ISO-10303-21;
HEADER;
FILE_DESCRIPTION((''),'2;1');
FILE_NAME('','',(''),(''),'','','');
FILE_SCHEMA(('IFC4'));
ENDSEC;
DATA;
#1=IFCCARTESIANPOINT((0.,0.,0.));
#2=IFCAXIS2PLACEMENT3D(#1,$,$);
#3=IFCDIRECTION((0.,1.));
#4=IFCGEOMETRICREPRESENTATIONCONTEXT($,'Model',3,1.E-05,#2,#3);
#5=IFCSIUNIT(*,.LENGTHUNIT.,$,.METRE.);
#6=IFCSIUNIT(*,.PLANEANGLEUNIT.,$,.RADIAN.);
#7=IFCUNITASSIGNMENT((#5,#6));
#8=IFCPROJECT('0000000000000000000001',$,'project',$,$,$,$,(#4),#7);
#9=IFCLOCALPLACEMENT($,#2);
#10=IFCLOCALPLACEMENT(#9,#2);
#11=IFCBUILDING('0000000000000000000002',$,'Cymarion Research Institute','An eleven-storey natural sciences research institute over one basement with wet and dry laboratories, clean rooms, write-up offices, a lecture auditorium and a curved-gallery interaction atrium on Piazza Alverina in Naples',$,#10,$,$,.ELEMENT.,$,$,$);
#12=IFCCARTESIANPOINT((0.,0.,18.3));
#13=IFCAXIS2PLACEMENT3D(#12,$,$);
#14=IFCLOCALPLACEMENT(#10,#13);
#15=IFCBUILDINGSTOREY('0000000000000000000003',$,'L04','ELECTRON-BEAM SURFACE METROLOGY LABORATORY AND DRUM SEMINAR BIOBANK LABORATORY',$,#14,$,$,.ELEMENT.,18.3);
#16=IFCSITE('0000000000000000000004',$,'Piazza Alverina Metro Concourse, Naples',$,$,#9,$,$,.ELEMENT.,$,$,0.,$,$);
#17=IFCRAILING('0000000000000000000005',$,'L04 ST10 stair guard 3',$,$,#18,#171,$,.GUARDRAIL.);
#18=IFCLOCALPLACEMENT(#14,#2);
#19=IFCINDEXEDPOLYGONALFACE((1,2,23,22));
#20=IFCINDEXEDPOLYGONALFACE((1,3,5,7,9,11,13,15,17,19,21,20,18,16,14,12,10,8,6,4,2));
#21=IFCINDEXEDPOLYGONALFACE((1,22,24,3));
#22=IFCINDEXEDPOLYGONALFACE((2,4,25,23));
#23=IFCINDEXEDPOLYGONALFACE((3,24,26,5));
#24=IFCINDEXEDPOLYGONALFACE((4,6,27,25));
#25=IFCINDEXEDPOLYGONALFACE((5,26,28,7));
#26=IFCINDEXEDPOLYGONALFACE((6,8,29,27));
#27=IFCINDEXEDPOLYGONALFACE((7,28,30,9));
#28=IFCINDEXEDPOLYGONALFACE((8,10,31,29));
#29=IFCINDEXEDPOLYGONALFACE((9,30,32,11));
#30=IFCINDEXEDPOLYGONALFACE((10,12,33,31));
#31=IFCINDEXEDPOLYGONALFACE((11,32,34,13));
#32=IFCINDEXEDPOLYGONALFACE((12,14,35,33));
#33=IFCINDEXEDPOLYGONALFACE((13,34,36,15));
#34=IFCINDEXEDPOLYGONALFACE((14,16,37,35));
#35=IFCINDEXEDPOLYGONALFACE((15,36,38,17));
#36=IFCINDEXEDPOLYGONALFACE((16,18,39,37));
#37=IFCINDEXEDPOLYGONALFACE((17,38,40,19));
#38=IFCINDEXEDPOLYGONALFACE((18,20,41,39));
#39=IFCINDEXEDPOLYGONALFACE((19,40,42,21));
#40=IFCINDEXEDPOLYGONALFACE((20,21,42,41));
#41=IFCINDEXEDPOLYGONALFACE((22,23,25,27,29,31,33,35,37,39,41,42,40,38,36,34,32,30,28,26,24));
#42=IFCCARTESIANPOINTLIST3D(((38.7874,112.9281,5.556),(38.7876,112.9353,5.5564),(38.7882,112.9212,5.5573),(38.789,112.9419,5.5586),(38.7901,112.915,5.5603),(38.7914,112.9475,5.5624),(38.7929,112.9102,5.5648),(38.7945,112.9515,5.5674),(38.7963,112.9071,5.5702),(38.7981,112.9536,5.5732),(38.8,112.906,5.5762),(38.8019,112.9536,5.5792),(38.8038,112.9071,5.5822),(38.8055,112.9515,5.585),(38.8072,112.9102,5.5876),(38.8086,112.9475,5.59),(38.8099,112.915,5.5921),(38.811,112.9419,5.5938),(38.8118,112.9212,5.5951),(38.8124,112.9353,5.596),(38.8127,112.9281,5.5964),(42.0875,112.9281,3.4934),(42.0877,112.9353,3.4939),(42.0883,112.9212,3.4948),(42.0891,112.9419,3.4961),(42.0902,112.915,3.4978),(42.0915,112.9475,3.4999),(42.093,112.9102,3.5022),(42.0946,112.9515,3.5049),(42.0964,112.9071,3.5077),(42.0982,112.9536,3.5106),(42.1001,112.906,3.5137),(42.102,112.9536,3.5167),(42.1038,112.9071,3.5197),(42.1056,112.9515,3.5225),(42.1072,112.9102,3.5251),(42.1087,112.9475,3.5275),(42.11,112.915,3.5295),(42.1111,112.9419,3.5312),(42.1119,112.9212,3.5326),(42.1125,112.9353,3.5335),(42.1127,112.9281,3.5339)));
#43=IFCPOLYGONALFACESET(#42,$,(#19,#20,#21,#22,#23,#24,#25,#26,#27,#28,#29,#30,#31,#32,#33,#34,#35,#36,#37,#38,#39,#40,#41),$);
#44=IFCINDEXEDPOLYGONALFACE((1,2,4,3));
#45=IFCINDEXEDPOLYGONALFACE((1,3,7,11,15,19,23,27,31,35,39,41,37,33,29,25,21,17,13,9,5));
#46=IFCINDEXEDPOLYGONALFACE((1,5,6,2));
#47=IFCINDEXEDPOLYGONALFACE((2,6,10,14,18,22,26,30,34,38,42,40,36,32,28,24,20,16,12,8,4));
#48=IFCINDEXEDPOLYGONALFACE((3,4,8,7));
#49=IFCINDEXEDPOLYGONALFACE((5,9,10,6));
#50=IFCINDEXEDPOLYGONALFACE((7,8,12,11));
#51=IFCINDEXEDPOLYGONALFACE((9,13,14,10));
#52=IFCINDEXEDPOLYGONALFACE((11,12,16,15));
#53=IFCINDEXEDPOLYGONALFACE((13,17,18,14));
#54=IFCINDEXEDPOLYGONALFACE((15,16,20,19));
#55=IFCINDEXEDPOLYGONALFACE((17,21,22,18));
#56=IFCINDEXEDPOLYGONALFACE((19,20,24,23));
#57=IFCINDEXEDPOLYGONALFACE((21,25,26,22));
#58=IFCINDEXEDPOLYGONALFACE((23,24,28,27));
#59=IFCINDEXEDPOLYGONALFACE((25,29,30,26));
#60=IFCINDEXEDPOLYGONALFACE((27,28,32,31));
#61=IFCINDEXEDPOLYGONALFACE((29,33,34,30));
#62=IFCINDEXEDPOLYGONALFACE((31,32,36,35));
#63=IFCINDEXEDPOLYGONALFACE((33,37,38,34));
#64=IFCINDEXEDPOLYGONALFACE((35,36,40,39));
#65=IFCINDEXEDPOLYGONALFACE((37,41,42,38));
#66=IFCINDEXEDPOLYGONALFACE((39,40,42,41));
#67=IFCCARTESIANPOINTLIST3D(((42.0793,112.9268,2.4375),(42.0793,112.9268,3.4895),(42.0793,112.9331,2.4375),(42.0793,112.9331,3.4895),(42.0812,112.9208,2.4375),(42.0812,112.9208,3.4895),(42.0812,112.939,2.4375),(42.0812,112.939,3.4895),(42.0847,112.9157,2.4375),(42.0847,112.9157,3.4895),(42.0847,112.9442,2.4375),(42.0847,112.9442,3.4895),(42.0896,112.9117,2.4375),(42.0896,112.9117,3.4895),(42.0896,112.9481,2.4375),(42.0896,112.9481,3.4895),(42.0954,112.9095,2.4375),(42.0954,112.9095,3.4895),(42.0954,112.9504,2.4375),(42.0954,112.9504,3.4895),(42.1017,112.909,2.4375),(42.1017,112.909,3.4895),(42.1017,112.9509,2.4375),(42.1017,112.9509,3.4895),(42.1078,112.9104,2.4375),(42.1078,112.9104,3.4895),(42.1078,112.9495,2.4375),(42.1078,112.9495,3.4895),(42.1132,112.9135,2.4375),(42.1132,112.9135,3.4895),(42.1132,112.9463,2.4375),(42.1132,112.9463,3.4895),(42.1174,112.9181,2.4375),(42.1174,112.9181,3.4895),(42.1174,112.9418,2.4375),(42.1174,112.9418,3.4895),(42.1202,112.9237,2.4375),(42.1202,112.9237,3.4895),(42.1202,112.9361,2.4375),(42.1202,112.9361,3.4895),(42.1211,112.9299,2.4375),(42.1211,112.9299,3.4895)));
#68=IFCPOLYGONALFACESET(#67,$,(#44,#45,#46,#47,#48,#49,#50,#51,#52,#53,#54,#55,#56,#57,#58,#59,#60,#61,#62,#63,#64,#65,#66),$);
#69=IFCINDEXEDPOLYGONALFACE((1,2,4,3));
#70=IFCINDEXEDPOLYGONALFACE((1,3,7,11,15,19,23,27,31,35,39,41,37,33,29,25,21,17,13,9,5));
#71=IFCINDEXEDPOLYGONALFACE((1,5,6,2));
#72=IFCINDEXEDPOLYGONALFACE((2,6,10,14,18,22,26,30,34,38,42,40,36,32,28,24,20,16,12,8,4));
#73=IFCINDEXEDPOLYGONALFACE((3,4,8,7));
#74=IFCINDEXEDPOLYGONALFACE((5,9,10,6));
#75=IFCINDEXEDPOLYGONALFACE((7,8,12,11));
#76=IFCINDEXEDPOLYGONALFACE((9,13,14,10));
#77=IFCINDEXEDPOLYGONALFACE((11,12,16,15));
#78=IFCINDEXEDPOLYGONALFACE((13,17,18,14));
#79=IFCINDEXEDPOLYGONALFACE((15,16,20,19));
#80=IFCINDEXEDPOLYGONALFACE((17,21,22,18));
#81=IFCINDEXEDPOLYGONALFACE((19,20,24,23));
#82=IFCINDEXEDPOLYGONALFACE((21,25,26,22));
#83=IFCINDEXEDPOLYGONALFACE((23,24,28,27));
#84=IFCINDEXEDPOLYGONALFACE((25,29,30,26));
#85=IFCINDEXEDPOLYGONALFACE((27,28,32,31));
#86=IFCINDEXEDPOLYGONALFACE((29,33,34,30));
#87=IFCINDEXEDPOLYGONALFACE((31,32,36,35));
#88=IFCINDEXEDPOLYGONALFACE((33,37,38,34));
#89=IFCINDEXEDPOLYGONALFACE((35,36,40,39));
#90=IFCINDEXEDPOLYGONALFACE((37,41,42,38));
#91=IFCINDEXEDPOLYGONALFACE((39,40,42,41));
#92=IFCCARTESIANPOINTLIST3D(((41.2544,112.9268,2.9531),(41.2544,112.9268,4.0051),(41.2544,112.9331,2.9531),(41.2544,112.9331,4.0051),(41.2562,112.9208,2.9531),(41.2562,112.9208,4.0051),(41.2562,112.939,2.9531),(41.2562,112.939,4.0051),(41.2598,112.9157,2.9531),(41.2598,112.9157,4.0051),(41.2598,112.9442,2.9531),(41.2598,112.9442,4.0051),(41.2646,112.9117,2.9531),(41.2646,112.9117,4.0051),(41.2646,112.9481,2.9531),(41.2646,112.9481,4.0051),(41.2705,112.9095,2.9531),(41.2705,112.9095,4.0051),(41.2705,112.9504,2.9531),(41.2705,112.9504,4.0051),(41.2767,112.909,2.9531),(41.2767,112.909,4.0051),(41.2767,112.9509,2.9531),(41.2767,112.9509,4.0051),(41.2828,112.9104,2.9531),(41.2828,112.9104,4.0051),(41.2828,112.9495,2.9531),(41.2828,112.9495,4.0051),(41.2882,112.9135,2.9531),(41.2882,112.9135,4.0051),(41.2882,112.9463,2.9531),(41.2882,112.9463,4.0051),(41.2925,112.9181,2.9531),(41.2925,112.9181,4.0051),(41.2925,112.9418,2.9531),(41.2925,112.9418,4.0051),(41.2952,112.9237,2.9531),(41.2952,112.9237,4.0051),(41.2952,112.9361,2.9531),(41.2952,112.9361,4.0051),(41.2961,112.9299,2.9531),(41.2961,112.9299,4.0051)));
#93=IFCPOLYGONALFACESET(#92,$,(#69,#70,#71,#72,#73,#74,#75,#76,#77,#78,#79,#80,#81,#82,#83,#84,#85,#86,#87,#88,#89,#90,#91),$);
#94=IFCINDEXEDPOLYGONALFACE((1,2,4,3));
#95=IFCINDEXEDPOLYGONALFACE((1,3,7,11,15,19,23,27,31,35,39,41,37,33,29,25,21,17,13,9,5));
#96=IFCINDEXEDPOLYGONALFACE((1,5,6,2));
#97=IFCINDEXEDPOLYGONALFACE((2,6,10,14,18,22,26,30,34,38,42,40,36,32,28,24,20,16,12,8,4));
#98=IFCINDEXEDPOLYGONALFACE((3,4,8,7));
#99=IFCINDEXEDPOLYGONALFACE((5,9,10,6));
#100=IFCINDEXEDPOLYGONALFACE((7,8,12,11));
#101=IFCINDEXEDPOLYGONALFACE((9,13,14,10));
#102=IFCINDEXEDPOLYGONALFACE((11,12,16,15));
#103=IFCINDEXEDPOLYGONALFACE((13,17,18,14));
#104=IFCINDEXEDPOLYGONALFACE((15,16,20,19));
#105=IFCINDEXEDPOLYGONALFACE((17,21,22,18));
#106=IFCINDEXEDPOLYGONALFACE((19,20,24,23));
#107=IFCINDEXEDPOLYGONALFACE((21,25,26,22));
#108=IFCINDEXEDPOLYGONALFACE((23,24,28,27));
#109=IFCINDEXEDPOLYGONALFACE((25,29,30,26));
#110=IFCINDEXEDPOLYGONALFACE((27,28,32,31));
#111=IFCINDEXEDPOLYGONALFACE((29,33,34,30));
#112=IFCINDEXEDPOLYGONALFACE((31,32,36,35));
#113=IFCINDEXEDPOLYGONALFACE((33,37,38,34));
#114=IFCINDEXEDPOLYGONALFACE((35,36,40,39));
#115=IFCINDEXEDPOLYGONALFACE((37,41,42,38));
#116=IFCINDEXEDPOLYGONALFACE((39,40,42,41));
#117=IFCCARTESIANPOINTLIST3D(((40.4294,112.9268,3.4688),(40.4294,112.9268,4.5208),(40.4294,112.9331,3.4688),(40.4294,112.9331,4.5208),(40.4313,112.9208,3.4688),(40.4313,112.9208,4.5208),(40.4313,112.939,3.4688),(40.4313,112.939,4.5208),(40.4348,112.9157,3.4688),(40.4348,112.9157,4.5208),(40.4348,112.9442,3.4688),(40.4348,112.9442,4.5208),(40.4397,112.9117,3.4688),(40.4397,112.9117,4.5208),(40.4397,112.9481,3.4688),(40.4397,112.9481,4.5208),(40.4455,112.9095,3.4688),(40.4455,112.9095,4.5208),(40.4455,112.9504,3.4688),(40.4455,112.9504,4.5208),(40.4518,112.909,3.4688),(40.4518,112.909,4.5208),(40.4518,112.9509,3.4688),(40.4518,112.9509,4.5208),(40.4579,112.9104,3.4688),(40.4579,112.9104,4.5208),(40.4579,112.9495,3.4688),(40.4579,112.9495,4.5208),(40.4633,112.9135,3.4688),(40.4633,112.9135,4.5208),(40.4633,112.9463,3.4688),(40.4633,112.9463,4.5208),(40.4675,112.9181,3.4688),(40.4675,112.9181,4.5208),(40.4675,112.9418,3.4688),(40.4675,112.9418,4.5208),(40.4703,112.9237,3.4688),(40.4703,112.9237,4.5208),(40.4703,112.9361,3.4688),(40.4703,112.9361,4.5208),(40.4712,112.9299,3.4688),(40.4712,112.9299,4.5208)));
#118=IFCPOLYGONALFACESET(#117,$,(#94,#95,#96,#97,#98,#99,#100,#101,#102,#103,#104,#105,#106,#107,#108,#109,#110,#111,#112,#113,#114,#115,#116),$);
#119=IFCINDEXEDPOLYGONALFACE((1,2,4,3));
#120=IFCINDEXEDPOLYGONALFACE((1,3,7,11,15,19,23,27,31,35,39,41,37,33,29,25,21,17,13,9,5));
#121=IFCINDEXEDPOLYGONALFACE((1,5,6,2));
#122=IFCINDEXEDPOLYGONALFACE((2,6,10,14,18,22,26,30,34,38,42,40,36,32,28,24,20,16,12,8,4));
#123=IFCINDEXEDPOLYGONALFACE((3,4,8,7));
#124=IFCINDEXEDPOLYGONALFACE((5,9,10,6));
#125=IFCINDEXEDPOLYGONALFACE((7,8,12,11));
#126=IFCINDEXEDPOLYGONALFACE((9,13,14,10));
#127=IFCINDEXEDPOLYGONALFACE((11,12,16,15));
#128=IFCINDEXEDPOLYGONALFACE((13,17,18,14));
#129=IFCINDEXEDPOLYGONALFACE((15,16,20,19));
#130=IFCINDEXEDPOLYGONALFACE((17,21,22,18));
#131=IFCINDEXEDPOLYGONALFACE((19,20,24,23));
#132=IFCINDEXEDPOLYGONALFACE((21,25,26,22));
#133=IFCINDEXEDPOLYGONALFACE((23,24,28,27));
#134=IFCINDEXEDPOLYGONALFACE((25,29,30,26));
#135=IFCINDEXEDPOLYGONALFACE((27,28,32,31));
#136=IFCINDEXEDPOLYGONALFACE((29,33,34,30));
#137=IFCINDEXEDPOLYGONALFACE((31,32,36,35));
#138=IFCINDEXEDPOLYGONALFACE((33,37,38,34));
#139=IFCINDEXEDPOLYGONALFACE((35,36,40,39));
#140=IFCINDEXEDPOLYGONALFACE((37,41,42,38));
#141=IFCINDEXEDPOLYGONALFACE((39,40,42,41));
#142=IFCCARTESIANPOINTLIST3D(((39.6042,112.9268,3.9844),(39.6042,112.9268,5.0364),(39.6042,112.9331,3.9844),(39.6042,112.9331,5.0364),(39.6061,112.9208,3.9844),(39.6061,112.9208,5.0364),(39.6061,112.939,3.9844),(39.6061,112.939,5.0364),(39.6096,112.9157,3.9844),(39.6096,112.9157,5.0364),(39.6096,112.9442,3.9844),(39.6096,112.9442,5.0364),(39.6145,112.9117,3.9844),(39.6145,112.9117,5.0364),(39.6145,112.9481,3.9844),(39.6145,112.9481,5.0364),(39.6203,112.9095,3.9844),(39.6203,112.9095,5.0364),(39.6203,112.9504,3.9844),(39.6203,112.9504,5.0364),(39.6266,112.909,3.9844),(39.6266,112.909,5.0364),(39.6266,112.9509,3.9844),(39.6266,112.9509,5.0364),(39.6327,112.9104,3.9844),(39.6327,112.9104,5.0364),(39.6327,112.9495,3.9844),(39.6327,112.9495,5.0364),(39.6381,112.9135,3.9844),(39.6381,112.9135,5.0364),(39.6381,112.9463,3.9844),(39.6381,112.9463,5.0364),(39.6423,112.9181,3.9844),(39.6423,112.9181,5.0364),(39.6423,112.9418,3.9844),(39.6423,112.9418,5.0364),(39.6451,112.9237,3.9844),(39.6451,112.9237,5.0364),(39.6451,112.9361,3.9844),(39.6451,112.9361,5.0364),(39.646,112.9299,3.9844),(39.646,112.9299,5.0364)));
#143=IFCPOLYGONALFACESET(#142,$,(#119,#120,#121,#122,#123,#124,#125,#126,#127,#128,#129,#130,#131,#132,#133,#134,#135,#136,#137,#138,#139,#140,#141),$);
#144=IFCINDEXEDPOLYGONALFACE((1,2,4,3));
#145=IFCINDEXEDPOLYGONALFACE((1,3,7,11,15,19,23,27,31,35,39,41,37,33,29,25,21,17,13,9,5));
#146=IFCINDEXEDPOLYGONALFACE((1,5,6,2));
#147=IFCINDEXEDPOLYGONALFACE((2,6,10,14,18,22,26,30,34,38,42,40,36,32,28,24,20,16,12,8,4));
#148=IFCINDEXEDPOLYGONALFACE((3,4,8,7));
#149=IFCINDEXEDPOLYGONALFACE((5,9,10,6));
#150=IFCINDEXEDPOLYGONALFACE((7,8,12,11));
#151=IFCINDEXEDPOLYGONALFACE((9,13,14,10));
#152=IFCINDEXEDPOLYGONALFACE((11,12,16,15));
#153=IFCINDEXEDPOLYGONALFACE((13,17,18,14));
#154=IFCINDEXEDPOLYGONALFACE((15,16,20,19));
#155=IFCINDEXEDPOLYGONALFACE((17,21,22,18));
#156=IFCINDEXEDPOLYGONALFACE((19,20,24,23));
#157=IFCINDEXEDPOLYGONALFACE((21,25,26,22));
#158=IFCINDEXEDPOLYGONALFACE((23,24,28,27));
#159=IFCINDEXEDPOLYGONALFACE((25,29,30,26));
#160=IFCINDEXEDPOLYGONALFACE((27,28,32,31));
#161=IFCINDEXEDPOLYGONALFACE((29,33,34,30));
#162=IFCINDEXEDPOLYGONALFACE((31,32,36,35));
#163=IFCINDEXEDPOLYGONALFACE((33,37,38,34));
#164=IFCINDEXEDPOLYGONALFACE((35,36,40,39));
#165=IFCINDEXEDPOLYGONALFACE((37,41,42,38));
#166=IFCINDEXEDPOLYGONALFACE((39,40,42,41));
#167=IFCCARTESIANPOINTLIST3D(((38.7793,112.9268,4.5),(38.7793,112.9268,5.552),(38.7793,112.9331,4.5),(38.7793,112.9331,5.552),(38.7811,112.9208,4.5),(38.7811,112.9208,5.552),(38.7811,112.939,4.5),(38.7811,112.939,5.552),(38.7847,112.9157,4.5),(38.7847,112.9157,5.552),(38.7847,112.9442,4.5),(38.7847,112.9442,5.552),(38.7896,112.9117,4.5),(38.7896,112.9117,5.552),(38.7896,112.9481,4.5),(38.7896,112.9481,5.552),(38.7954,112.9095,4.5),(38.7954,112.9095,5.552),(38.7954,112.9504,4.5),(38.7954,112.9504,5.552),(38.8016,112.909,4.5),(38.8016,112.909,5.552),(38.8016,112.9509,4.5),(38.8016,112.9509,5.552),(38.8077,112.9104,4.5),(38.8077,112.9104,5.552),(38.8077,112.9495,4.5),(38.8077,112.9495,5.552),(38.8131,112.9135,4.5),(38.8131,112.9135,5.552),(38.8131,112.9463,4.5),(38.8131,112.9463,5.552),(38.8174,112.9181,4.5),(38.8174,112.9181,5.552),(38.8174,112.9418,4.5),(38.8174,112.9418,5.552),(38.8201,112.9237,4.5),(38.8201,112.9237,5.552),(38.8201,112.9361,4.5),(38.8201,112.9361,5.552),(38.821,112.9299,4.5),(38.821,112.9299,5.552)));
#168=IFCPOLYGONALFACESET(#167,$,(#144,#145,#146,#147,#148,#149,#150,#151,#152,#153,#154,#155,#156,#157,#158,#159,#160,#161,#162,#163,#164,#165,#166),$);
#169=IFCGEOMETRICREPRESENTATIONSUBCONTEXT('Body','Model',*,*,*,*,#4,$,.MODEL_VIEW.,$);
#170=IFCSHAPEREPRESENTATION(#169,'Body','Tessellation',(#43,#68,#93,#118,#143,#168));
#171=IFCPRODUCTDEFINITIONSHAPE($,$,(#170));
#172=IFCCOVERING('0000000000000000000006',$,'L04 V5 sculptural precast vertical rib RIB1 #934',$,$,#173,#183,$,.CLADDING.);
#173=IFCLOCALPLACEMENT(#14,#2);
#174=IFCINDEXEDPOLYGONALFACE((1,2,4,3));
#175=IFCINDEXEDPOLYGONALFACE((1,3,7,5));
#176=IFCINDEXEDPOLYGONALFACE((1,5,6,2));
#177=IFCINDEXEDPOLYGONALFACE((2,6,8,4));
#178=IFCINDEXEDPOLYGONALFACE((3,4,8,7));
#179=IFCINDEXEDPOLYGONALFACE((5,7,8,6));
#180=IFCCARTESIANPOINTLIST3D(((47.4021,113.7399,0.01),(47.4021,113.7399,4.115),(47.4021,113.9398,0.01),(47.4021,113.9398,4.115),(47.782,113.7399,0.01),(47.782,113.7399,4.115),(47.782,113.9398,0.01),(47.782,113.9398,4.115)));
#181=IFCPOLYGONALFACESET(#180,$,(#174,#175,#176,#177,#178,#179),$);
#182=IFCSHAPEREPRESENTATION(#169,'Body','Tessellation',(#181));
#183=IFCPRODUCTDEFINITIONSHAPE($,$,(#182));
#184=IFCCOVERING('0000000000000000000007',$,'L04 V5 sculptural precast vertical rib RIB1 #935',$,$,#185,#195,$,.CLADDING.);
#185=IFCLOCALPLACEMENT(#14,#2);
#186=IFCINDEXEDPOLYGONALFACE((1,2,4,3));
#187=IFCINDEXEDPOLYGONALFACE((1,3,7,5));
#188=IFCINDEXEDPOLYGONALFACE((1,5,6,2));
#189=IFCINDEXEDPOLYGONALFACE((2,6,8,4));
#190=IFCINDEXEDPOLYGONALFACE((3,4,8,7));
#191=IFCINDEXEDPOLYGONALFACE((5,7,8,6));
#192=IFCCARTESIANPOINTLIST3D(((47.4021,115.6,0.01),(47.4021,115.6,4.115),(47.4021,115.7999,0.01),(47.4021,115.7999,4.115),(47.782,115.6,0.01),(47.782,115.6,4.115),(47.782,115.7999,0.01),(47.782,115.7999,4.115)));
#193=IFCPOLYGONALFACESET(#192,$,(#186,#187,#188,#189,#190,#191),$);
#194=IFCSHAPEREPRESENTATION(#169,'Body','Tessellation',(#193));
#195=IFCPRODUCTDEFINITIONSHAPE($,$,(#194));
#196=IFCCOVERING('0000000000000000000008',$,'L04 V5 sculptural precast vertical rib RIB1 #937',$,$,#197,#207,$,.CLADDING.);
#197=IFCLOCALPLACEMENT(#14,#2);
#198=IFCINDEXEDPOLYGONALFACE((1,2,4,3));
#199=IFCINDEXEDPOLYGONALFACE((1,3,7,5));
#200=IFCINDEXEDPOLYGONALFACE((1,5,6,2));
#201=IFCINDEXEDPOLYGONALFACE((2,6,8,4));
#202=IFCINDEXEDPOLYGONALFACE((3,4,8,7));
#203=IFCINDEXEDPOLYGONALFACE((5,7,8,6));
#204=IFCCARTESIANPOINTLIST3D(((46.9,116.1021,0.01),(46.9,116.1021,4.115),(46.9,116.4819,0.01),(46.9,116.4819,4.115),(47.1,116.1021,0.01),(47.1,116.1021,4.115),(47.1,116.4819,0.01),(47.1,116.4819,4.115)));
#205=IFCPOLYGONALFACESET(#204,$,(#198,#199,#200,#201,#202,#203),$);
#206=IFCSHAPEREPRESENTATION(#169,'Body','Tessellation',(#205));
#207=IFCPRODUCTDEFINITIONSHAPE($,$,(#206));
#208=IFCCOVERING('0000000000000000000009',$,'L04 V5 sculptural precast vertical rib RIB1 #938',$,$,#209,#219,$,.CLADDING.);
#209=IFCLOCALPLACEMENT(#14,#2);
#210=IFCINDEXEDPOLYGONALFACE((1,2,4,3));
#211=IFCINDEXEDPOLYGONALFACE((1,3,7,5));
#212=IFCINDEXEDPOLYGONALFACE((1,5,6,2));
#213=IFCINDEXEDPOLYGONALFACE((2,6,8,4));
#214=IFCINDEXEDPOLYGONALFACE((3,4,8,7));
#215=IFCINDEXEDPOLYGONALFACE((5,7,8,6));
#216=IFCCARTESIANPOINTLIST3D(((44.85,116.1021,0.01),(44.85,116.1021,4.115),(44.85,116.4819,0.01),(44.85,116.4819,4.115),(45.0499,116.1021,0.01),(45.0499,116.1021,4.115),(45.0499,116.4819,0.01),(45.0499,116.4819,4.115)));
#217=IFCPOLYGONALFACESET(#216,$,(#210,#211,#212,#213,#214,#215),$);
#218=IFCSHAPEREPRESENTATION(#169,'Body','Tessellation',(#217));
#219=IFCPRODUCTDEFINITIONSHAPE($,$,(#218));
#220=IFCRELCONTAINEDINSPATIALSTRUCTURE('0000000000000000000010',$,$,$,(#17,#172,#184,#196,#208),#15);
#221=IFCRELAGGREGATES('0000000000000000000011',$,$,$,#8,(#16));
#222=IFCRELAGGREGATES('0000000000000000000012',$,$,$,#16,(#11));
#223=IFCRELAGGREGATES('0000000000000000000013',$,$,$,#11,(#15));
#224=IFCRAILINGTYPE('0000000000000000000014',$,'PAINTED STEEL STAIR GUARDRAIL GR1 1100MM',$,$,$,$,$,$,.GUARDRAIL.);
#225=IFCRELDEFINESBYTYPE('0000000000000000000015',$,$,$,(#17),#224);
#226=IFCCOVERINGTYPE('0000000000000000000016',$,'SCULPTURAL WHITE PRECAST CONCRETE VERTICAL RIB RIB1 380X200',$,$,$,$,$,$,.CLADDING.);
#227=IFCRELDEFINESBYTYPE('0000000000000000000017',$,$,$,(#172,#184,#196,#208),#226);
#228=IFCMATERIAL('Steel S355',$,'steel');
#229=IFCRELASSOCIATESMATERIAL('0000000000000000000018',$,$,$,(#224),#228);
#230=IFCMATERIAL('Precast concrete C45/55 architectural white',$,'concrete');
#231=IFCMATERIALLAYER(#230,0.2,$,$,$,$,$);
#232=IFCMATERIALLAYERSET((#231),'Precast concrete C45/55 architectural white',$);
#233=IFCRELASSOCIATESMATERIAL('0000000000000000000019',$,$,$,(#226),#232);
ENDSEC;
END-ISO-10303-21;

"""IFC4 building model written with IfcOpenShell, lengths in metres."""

from ifc_helpers import new_model, si_unit, direction, frame, origin, origin_2d, place, context, subcontext, project, spatial, rectangle, circle, extrude, material, layer, layer_set, type_object, element, save


model = new_model("IFC4")

# Units and contexts
model_context = context("Model", 3, precision=1e-05, world=origin(), true_north=direction((0.0, 1.0)))
body_context = subcontext(model_context, "Body", "Model", "MODEL_VIEW")
ifc_project = project(units=[si_unit("LENGTHUNIT", "METRE"), si_unit("PLANEANGLEUNIT", "RADIAN")], contexts=[model_context])

# Site, building, storey
site_placement = place(None, origin())
site = spatial("IfcSite", under=ifc_project, at=site_placement, Name="Piazza Alverina Metro Concourse, Naples", CompositionType="ELEMENT", RefElevation=0.0)
building_placement = place(site_placement, origin())
building = spatial("IfcBuilding", under=site, at=building_placement, Name="Cymarion Research Institute", Description="An eleven-storey natural sciences research institute over one basement with wet and dry laboratories, clean rooms, write-up offices, a lecture auditorium and a curved-gallery interaction atrium on Piazza Alverina in Naples", CompositionType="ELEMENT")
storey_placement = place(building_placement, frame((0.0, 0.0, 18.3)))
storey = spatial("IfcBuildingStorey", under=building, at=storey_placement, Name="L04", Description="ELECTRON-BEAM SURFACE METROLOGY LABORATORY AND DRUM SEMINAR BIOBANK LABORATORY", CompositionType="ELEMENT", Elevation=18.3)

# Shared definitions
ifc_material_1 = material(Name="Steel S355", Category="steel")

# Railing
railing_type_1 = type_object("IfcRailingType", Name="PAINTED STEEL STAIR GUARDRAIL GR1 1100MM", PredefinedType="GUARDRAIL", material=ifc_material_1)
railing_1_placement = place(storey_placement, frame((42.1001, 112.9299, 2.4375)))
element("IfcRailing", 1, at=railing_1_placement, inside=storey, type_object=railing_type_1, Name="L04 ST10 stair guard 3", PredefinedType="GUARDRAIL", context=body_context, shape_type="SweptSolid", body=[
    extrude(circle(Radius=0.0239, at=origin_2d()), frame((0.0, 0.0, 1.0762), z_axis=(-0.848002, 0.0, 0.529993), x_axis=(0.0, -1.0, 0.0)), (0.0, 0.0, 1.0), 3.8916),
    extrude(circle(Radius=0.021, at=origin_2d()), origin(), (0.0, 0.0, 1.0), 1.052),
    extrude(circle(Radius=0.021, at=origin_2d()), frame((-0.825, 0.0, 0.5156)), (0.0, 0.0, 1.0), 1.052),
    extrude(circle(Radius=0.021, at=origin_2d()), frame((-1.6499, 0.0, 1.0312)), (0.0, 0.0, 1.0), 1.052),
    extrude(circle(Radius=0.021, at=origin_2d()), frame((-2.4751, 0.0, 1.5469)), (0.0, 0.0, 1.0), 1.052),
    extrude(circle(Radius=0.021, at=origin_2d()), frame((-3.3, 0.0, 2.0625)), (0.0, 0.0, 1.0), 1.052),
])

# Coverings
ifc_material_2 = material(Name="Precast concrete C45/55 architectural white", Category="concrete")
ifc_layer_1 = layer(ifc_material_2, 0.2)
ifc_layer_set_1 = layer_set([ifc_layer_1], Name="Precast concrete C45/55 architectural white")
covering_type = type_object("IfcCoveringType", Name="SCULPTURAL WHITE PRECAST CONCRETE VERTICAL RIB RIB1 380X200", PredefinedType="CLADDING", material=ifc_layer_set_1)
for number, where, z_axis, x_axis, name in (
    (2, (47.592, 113.8398, 0.01), (0.0, 0.0, 1.0), (1.0, 0.0, 0.0), "L04 V5 sculptural precast vertical rib RIB1 #934"),
    (3, (47.592, 115.7, 0.01), (0.0, 0.0, 1.0), (1.0, 0.0, 0.0), "L04 V5 sculptural precast vertical rib RIB1 #935"),
    (4, (47.0, 116.292, 0.01), (0.0, 0.0, 1.0), (0.0, 1.0, 0.0), "L04 V5 sculptural precast vertical rib RIB1 #937"),
    (5, (44.95, 116.292, 0.01), (0.0, 0.0, 1.0), (0.0, 1.0, 0.0), "L04 V5 sculptural precast vertical rib RIB1 #938"),
):
    element("IfcCovering", number, at=place(storey_placement, frame(where, z_axis=z_axis, x_axis=x_axis)), inside=storey, type_object=covering_type, Name=name, PredefinedType="CLADDING", context=body_context, shape_type="SweptSolid", body=[
        extrude(rectangle(XDim=0.3799, YDim=0.2, at=origin_2d()), origin(), (0.0, 0.0, 1.0), 4.105),
    ])

save(model, "model.ifc")
